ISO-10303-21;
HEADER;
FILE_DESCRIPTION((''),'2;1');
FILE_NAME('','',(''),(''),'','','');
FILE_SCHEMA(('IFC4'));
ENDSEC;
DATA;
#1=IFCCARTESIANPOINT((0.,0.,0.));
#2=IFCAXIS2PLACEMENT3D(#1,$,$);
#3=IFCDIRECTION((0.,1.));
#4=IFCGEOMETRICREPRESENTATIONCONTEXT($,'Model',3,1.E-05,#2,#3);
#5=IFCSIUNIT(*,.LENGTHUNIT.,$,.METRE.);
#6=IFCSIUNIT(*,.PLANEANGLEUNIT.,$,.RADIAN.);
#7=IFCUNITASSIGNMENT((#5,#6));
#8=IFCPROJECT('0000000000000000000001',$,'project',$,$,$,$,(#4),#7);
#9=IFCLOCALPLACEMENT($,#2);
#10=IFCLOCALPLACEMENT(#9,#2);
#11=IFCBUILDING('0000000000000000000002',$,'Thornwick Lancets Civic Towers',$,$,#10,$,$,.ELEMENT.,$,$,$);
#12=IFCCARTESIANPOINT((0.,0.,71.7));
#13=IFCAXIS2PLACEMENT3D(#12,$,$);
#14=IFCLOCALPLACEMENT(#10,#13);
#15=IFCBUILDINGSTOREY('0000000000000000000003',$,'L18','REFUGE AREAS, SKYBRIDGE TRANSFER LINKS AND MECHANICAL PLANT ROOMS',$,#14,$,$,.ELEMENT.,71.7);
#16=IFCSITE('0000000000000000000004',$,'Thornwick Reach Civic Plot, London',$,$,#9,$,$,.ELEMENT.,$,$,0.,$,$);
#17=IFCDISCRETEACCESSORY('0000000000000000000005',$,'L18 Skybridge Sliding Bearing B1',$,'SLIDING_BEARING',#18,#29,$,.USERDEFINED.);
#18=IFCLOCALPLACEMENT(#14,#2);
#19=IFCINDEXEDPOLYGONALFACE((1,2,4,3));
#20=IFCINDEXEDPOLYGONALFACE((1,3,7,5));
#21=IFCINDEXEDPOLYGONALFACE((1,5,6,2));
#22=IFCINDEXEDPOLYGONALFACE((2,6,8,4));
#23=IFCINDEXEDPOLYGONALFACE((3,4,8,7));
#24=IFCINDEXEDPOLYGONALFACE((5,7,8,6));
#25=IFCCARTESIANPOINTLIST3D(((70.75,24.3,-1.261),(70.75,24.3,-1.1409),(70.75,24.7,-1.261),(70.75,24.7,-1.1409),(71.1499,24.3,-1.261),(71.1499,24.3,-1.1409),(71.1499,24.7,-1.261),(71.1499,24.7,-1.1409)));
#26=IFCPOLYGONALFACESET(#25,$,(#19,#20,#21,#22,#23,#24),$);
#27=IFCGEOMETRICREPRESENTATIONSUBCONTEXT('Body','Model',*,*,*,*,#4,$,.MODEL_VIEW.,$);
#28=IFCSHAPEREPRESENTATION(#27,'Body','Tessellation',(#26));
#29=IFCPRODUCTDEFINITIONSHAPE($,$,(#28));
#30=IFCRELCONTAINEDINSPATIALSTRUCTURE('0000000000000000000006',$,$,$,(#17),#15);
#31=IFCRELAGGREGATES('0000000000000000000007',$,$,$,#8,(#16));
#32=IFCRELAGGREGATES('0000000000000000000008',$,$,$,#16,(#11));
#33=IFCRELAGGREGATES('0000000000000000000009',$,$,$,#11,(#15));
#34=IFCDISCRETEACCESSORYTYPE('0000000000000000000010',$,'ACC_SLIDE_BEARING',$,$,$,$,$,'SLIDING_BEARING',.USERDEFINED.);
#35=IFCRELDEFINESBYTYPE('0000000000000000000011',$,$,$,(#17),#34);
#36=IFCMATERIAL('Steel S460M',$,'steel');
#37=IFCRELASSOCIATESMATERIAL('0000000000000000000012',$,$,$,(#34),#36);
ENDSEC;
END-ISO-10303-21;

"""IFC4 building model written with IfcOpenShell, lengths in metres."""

from ifc_helpers import new_model, si_unit, direction, frame, origin, origin_2d, place, context, subcontext, project, spatial, rectangle, extrude, material, type_object, element, save


model = new_model("IFC4")

# Units and contexts
model_context = context("Model", 3, precision=1e-05, world=origin(), true_north=direction((0.0, 1.0)))
body_context = subcontext(model_context, "Body", "Model", "MODEL_VIEW")
ifc_project = project(units=[si_unit("LENGTHUNIT", "METRE"), si_unit("PLANEANGLEUNIT", "RADIAN")], contexts=[model_context])

# Site, building, storey
site_placement = place(None, origin())
site = spatial("IfcSite", under=ifc_project, at=site_placement, Name="Thornwick Reach Civic Plot, London", CompositionType="ELEMENT", RefElevation=0.0)
building_placement = place(site_placement, origin())
building = spatial("IfcBuilding", under=site, at=building_placement, Name="Thornwick Lancets Civic Towers", CompositionType="ELEMENT")
storey_placement = place(building_placement, frame((0.0, 0.0, 71.7)))
storey = spatial("IfcBuildingStorey", under=building, at=storey_placement, Name="L18", Description="REFUGE AREAS, SKYBRIDGE TRANSFER LINKS AND MECHANICAL PLANT ROOMS", CompositionType="ELEMENT", Elevation=71.7)

# Shared definitions
ifc_material_1 = material(Name="Steel S460M", Category="steel")

# Discrete accessory
discrete_accessory_type = type_object("IfcDiscreteAccessoryType", Name="ACC_SLIDE_BEARING", ElementType="SLIDING_BEARING", PredefinedType="USERDEFINED", material=ifc_material_1)
discrete_accessory_placement = place(storey_placement, frame((70.95, 24.5, -1.261), z_axis=(0.0, 0.0, 1.0), x_axis=(1.0, 0.0, 0.0)))
element("IfcDiscreteAccessory", 1, at=discrete_accessory_placement, inside=storey, type_object=discrete_accessory_type, Name="L18 Skybridge Sliding Bearing B1", ObjectType="SLIDING_BEARING", PredefinedType="USERDEFINED", context=body_context, shape_type="SweptSolid", body=[
    extrude(rectangle(XDim=0.3999, YDim=0.3999, at=origin_2d()), origin(), (0.0, 0.0, 1.0), 0.1201),
])

save(model, "model.ifc")
